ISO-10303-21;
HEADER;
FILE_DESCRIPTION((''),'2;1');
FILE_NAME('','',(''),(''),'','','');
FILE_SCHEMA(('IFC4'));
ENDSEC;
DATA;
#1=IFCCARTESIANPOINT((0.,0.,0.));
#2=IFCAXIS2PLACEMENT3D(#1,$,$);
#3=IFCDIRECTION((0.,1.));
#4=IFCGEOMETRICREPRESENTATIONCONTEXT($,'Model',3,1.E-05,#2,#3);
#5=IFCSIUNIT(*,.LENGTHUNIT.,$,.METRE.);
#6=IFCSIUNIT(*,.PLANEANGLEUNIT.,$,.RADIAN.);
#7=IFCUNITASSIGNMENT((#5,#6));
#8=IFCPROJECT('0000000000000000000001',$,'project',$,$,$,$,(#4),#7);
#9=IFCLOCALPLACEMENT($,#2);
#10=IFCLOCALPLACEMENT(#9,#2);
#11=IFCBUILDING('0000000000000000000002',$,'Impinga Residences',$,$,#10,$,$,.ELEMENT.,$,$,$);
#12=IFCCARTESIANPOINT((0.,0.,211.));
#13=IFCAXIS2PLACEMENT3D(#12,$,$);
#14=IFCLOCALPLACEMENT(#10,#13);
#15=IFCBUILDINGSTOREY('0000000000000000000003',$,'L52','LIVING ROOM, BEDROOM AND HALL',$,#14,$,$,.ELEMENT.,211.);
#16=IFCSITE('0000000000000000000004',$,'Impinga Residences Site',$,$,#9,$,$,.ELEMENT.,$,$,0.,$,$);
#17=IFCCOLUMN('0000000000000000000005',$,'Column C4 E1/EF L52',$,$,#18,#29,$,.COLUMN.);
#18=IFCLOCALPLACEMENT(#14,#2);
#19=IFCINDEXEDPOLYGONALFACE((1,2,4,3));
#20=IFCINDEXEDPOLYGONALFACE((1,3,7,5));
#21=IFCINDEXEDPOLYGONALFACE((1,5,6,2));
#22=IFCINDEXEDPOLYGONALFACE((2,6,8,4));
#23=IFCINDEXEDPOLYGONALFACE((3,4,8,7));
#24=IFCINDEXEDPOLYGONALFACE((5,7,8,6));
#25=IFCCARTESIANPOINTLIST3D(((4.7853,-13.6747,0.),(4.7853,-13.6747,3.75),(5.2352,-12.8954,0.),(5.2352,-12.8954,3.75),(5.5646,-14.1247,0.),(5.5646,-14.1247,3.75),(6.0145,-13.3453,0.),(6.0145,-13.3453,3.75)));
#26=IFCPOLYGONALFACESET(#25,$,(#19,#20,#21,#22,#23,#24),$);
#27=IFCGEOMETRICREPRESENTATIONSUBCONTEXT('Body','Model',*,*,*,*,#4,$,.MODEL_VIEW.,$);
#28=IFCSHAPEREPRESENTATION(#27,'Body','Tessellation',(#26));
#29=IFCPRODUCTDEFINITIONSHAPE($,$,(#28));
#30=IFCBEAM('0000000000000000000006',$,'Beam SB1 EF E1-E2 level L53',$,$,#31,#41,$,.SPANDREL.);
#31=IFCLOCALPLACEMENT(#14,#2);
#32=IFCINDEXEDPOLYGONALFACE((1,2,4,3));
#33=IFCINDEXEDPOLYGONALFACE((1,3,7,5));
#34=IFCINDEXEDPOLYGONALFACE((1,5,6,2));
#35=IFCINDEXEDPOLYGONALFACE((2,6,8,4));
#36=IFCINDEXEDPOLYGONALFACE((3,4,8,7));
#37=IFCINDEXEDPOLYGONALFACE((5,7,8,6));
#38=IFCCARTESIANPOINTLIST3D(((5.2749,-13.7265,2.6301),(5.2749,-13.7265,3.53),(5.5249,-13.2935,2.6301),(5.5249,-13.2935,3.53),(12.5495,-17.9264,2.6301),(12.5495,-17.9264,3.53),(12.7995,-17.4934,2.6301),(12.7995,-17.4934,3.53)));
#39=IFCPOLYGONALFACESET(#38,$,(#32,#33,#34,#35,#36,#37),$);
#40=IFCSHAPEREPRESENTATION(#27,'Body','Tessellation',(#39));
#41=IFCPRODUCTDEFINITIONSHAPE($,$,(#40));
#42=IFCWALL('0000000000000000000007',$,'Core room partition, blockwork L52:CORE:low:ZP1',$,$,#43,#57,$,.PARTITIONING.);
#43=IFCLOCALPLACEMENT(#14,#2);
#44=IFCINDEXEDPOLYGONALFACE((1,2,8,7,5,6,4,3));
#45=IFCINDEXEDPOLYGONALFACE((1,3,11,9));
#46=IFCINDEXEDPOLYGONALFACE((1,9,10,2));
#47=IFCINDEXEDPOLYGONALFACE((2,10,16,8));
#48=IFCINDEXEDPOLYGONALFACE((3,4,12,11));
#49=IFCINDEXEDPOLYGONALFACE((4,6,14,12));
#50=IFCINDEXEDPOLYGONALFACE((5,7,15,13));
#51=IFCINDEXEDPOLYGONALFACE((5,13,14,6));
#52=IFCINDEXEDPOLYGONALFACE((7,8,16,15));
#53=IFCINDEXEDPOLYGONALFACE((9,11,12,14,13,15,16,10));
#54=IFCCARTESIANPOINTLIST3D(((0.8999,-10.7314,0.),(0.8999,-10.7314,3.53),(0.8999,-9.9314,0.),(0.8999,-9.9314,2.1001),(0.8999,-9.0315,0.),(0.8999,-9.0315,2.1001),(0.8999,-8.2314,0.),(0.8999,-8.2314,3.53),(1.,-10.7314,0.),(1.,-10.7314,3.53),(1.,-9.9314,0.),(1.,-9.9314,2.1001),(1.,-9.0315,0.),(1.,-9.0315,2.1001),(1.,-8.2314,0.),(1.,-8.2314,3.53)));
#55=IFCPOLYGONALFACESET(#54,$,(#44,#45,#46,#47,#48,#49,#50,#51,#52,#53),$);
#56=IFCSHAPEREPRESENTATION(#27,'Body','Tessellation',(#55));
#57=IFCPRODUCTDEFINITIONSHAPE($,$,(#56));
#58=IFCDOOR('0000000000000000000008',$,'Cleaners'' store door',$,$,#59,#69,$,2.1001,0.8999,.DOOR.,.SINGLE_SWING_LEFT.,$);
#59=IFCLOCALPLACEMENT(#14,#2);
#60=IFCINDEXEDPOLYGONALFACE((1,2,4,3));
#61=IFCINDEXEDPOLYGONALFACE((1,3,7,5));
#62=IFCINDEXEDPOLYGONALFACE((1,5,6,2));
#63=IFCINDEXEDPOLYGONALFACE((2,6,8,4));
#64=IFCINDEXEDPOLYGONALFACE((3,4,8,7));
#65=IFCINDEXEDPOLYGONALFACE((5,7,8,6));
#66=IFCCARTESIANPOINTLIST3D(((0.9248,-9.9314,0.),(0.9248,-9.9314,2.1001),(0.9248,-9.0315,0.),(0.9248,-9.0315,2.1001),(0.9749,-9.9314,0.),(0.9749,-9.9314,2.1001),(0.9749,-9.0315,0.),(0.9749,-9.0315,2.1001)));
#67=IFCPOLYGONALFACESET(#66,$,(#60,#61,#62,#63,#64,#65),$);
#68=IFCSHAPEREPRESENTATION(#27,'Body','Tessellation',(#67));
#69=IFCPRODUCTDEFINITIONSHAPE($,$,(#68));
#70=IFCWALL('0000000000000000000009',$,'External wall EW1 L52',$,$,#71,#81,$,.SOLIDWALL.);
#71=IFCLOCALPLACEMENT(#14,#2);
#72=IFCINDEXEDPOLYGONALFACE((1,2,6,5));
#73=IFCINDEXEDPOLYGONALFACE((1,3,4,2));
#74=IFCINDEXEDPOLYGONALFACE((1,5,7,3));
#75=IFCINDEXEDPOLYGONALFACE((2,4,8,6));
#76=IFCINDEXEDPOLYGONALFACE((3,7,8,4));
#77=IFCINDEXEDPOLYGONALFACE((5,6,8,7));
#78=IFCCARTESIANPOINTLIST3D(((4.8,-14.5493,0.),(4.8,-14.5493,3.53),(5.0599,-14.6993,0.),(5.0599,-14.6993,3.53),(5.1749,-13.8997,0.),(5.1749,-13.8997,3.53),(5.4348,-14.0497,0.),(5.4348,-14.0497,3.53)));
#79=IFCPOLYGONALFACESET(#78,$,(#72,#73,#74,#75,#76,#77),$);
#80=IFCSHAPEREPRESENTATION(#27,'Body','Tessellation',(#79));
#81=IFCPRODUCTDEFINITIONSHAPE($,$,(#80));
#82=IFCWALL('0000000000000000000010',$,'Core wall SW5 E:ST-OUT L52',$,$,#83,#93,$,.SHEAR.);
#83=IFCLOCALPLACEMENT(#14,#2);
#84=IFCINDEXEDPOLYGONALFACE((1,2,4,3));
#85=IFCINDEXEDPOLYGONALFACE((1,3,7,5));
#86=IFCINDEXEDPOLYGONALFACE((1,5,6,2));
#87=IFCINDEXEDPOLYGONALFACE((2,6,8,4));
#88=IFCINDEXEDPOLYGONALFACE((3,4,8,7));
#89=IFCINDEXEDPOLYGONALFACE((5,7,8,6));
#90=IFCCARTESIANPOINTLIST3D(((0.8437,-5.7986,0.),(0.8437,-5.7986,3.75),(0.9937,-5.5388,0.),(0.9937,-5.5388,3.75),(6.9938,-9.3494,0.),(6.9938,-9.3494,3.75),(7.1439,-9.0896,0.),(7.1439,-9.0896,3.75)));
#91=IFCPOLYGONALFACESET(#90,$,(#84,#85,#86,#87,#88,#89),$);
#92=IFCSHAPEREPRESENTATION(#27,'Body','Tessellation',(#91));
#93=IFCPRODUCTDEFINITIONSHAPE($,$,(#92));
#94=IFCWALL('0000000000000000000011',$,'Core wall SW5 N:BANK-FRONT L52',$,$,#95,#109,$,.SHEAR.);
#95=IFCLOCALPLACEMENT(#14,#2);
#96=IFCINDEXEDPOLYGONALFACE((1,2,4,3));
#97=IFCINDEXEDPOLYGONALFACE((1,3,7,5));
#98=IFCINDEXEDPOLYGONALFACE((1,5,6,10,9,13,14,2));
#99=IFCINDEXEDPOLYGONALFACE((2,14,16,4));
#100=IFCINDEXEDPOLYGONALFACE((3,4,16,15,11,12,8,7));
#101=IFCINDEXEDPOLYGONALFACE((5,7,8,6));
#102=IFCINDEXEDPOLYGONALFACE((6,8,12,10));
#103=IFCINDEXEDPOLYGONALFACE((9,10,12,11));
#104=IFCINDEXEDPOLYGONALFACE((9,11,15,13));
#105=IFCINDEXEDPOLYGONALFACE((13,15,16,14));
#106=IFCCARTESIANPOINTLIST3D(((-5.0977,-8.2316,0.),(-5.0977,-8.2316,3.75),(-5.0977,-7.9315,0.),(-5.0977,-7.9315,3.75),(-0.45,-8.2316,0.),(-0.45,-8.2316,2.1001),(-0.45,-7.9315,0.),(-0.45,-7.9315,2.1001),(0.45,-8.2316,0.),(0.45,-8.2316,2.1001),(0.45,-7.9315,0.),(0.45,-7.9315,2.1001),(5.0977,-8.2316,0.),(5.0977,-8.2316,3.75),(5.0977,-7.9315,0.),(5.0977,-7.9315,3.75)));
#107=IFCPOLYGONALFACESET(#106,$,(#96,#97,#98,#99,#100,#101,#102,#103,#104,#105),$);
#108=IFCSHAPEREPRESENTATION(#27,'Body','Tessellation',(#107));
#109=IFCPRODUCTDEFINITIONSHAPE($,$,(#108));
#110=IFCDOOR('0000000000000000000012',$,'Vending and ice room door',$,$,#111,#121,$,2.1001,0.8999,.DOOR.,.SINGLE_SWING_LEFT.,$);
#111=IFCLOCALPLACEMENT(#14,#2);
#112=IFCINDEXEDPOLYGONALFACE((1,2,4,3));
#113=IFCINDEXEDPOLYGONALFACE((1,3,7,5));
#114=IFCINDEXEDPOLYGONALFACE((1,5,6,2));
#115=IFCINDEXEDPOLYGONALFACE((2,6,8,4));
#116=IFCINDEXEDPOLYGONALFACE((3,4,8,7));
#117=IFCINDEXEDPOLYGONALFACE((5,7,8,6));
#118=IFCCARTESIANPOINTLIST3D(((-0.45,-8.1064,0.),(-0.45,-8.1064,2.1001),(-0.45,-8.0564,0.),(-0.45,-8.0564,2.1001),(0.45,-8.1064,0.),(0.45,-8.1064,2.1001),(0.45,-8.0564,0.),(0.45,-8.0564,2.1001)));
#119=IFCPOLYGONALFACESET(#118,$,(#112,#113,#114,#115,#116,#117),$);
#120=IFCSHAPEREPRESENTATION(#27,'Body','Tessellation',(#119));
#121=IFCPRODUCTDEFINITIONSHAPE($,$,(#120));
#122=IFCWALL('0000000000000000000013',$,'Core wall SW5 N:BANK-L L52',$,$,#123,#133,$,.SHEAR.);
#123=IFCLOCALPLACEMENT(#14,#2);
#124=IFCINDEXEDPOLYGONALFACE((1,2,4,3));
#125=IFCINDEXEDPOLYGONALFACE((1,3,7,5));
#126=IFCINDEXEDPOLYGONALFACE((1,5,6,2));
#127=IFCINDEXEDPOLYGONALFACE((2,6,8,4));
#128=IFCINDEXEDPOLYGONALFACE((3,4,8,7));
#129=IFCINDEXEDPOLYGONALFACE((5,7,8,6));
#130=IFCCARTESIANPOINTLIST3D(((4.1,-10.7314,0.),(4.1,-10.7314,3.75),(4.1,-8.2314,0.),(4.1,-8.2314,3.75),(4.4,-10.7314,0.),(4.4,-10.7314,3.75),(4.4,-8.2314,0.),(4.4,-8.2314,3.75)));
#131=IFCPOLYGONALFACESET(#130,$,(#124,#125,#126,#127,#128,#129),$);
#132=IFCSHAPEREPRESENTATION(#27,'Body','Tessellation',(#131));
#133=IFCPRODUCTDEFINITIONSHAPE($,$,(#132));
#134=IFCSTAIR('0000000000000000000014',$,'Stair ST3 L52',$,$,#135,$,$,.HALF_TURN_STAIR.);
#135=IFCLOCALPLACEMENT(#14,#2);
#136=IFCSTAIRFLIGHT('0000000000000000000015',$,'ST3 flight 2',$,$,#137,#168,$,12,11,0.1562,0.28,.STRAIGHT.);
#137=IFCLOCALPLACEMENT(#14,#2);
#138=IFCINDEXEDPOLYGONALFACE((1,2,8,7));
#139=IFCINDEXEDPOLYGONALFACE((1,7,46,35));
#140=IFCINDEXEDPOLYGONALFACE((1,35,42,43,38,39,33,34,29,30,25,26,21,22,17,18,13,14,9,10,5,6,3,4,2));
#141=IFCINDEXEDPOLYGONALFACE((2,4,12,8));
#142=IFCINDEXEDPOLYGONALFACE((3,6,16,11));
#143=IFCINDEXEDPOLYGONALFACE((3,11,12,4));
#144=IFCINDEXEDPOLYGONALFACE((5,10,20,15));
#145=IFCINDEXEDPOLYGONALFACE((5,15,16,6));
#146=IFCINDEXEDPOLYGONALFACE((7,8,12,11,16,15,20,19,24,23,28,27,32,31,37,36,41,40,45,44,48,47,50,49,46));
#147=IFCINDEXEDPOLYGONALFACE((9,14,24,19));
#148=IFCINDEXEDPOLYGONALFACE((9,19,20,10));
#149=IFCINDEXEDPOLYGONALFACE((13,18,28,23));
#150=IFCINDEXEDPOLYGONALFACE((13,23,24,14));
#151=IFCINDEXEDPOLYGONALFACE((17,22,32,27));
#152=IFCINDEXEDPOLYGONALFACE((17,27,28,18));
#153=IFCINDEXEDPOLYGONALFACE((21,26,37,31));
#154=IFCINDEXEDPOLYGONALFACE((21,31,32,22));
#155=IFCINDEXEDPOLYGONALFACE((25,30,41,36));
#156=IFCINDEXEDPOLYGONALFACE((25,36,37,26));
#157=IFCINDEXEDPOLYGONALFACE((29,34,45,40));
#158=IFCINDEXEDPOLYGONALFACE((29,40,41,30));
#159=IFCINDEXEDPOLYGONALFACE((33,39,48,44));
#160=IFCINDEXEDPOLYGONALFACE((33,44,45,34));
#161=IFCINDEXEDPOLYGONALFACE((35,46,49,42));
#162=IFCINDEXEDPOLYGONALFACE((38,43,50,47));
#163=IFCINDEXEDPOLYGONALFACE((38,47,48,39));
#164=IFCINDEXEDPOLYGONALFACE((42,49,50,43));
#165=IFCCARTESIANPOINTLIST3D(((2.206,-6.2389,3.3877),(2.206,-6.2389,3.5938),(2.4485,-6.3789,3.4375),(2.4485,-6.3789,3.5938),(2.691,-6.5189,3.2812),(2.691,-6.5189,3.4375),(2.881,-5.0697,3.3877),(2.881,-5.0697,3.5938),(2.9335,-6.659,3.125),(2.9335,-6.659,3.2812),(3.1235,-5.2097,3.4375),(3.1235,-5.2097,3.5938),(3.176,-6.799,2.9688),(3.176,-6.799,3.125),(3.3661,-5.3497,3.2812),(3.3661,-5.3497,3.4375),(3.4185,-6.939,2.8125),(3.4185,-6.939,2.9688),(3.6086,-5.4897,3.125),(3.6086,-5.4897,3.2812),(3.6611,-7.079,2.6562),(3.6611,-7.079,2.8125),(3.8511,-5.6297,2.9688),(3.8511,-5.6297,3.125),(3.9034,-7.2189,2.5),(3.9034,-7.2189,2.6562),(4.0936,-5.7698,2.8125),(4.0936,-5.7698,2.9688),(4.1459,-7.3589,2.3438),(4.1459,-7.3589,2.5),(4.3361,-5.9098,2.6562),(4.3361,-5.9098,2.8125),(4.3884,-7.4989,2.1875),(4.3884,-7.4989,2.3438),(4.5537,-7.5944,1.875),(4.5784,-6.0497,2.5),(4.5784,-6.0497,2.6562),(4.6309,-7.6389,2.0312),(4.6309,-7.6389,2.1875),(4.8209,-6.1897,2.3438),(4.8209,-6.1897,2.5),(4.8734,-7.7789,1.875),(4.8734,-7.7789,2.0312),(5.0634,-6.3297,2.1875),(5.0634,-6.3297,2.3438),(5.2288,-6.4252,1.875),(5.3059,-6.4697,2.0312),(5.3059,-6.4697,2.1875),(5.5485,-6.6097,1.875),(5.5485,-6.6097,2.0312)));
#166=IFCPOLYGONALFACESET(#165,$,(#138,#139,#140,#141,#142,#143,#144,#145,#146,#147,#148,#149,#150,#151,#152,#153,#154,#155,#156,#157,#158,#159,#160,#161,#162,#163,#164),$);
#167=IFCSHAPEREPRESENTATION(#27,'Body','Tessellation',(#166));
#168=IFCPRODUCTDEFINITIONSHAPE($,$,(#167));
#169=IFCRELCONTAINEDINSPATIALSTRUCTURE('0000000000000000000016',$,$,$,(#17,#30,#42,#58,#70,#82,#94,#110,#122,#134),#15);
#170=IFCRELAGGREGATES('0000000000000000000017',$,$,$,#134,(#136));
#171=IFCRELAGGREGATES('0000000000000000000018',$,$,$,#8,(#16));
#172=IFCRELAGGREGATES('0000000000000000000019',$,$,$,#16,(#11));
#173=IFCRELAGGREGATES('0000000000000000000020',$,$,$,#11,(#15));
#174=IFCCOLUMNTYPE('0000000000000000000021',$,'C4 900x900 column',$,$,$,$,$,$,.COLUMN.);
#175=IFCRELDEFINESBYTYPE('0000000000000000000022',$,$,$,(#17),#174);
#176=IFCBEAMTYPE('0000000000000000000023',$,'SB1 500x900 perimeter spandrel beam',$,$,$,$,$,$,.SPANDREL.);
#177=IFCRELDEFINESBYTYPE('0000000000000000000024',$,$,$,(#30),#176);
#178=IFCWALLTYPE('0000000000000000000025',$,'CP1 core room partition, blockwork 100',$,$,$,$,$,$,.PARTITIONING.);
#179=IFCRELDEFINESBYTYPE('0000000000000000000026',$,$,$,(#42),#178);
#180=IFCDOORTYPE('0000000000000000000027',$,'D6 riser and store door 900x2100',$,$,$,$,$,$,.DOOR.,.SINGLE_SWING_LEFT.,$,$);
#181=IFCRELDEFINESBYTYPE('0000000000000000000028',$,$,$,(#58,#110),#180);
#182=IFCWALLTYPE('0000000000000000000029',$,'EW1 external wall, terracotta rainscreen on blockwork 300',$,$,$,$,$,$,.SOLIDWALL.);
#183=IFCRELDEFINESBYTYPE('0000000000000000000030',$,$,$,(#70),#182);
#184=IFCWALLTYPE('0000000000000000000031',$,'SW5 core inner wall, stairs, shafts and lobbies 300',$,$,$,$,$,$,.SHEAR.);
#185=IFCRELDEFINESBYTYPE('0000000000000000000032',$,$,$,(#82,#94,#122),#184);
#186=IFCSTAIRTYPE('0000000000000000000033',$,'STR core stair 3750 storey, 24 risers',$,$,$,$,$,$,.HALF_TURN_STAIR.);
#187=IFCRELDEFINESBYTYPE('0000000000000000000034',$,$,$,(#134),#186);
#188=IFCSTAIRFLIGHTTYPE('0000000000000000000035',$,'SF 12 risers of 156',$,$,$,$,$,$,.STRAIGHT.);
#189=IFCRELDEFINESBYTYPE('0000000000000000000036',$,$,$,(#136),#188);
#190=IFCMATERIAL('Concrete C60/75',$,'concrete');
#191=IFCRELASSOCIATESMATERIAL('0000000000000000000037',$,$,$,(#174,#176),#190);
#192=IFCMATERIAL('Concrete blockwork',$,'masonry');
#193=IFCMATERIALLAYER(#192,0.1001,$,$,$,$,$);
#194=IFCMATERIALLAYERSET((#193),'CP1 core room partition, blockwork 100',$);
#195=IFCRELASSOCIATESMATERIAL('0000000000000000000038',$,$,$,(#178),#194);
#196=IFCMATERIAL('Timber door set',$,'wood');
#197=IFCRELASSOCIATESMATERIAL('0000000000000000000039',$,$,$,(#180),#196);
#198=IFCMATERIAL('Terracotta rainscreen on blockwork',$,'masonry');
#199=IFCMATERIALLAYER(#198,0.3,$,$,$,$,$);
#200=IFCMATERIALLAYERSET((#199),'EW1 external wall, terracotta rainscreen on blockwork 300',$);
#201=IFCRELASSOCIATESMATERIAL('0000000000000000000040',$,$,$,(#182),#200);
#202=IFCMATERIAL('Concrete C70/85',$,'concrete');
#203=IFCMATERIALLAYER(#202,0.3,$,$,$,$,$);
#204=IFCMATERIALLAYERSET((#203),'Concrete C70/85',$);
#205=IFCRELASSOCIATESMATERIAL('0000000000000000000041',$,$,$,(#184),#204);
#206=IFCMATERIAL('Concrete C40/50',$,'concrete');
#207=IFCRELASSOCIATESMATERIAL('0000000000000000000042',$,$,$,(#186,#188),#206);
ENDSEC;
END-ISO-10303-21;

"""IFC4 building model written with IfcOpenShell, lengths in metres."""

from ifc_helpers import new_model, si_unit, direction, frame, frame_2d, origin, origin_2d, place, context, subcontext, project, spatial, polyline, rectangle, outline, extrude, material, layer, layer_set, material_profile, profile_set, type_object, element, fill, aggregate, save


model = new_model("IFC4")

# Units and contexts
model_context = context("Model", 3, precision=1e-05, world=origin(), true_north=direction((0.0, 1.0)))
body_context = subcontext(model_context, "Body", "Model", "MODEL_VIEW")
ifc_project = project(units=[si_unit("LENGTHUNIT", "METRE"), si_unit("PLANEANGLEUNIT", "RADIAN")], contexts=[model_context])

# Site, building, storey
site_placement = place(None, origin())
site = spatial("IfcSite", under=ifc_project, at=site_placement, Name="Impinga Residences Site", CompositionType="ELEMENT", RefElevation=0.0)
building_placement = place(site_placement, origin())
building = spatial("IfcBuilding", under=site, at=building_placement, Name="Impinga Residences", CompositionType="ELEMENT")
storey_placement = place(building_placement, frame((0.0, 0.0, 211.0)))
storey = spatial("IfcBuildingStorey", under=building, at=storey_placement, Name="L52", Description="LIVING ROOM, BEDROOM AND HALL", CompositionType="ELEMENT", Elevation=211.0)

# Column
ifc_material_1 = material(Name="Concrete C60/75", Category="concrete")
ifc_material_profile_1 = material_profile(ifc_material_1, rectangle(XDim=0.8999, YDim=0.8999, at=origin_2d()), Name="RC 900x900")
ifc_profile_set_1 = profile_set([ifc_material_profile_1], Name="Concrete C60/75")
column_type = type_object("IfcColumnType", Name="C4 900x900 column", PredefinedType="COLUMN", material=ifc_profile_set_1)
column_placement = place(storey_placement, frame((5.3999, -13.51, 0.0), z_axis=(0.0, 0.0, 1.0), x_axis=(-0.5, -0.866025, 0.0)))
element("IfcColumn", 1, at=column_placement, inside=storey, type_object=column_type, Name="Column C4 E1/EF L52", PredefinedType="COLUMN", context=body_context, shape_type="SweptSolid", body=[
    extrude(rectangle(XDim=0.8999, YDim=0.8999, at=origin_2d()), origin(), (0.0, 0.0, 1.0), 3.75),
])

# Beam
ifc_material_profile_2 = material_profile(ifc_material_1, rectangle(XDim=0.5, YDim=0.8999, at=origin_2d()), Name="RC 500x900")
ifc_profile_set_2 = profile_set([ifc_material_profile_2], Name="Concrete C60/75")
beam_type = type_object("IfcBeamType", Name="SB1 500x900 perimeter spandrel beam", PredefinedType="SPANDREL", material=ifc_profile_set_2)
beam_placement = place(storey_placement, frame((5.3999, -13.51, 3.0801), z_axis=(0.866029, -0.499993, 0.0), x_axis=(0.499993, 0.866029, 0.0)))
element("IfcBeam", 2, at=beam_placement, inside=storey, type_object=beam_type, Name="Beam SB1 EF E1-E2 level L53", PredefinedType="SPANDREL", context=body_context, shape_type="SweptSolid", body=[
    extrude(rectangle(XDim=0.5, YDim=0.8999, at=origin_2d()), origin(), (0.0, 0.0, 1.0), 8.3999),
])

# Wall, opening, door
ifc_material_2 = material(Name="Concrete blockwork", Category="masonry")
ifc_layer_1 = layer(ifc_material_2, 0.1001)
ifc_layer_set_1 = layer_set([ifc_layer_1], Name="CP1 core room partition, blockwork 100")
wall_type_1 = type_object("IfcWallType", Name="CP1 core room partition, blockwork 100", PredefinedType="PARTITIONING", material=ifc_layer_set_1)
wall_1_placement = place(storey_placement, frame((0.95, -8.2314, 0.0), z_axis=(0.0, 0.0, 1.0), x_axis=(0.0, -1.0, 0.0)))
wall_1 = element("IfcWall", 3, at=wall_1_placement, inside=storey, type_object=wall_type_1, Name="Core room partition, blockwork L52:CORE:low:ZP1", PredefinedType="PARTITIONING", context=body_context, shape_type="SweptSolid", body=[
    extrude(rectangle(XDim=2.5, YDim=0.1001, at=frame_2d((1.25, 0.0))), origin(), (0.0, 0.0, 1.0), 3.53),
])
opening_1_placement = place(wall_1_placement, frame((0.8, 0.0, 0.0)))
opening_1 = element("IfcOpeningElement", 4, at=opening_1_placement, cuts=wall_1, PredefinedType="OPENING", context=body_context, shape_type="SweptSolid", body=[
    extrude(rectangle(XDim=0.8999, YDim=2.1001, at=frame_2d((0.45, 1.05))), frame((0.0, 0.0601, 0.0), z_axis=(0.0, -1.0, 0.0), x_axis=(1.0, 0.0, 0.0)), (0.0, 0.0, 1.0), 0.1201),
])
ifc_material_3 = material(Name="Timber door set", Category="wood")
door_type = type_object("IfcDoorType", Name="D6 riser and store door 900x2100", OperationType="SINGLE_SWING_LEFT", PredefinedType="DOOR", material=ifc_material_3)
door_1_placement = place(opening_1_placement, origin())
door_1 = element("IfcDoor", 5, at=door_1_placement, inside=storey, type_object=door_type, Name="Cleaners' store door", OperationType="SINGLE_SWING_LEFT", OverallHeight=2.1001, OverallWidth=0.8999, PredefinedType="DOOR", context=body_context, shape_type="SweptSolid", body=[
    extrude(rectangle(XDim=0.8999, YDim=2.1001, at=frame_2d((0.45, 1.05))), frame((0.0, 0.0249, 0.0), z_axis=(0.0, -1.0, 0.0), x_axis=(1.0, 0.0, 0.0)), (0.0, 0.0, 1.0), 0.05),
])
fill(opening_1, door_1)

# Walls
ifc_material_4 = material(Name="Terracotta rainscreen on blockwork", Category="masonry")
ifc_layer_2 = layer(ifc_material_4, 0.3)
ifc_layer_set_2 = layer_set([ifc_layer_2], Name="EW1 external wall, terracotta rainscreen on blockwork 300")
wall_type_2 = type_object("IfcWallType", Name="EW1 external wall, terracotta rainscreen on blockwork 300", PredefinedType="SOLIDWALL", material=ifc_layer_set_2)
wall_2_placement = place(storey_placement, frame((4.9299, -14.6243, 0.0), z_axis=(0.0, 0.0, 1.0), x_axis=(0.49992, 0.866072, 0.0)))
element("IfcWall", 6, at=wall_2_placement, inside=storey, type_object=wall_type_2, Name="External wall EW1 L52", PredefinedType="SOLIDWALL", context=body_context, shape_type="SweptSolid", body=[
    extrude(rectangle(XDim=0.75, YDim=0.3, at=frame_2d((0.375, 0.0))), origin(), (0.0, 0.0, 1.0), 3.53),
])
ifc_material_5 = material(Name="Concrete C70/85", Category="concrete")
ifc_layer_3 = layer(ifc_material_5, 0.3)
ifc_layer_set_3 = layer_set([ifc_layer_3], Name="Concrete C70/85")
wall_type_3 = type_object("IfcWallType", Name="SW5 core inner wall, stairs, shafts and lobbies 300", PredefinedType="SHEAR", material=ifc_layer_set_3)
wall_3_placement = place(storey_placement, frame((0.9187, -5.6687, 0.0), z_axis=(0.0, 0.0, 1.0), x_axis=(0.866026, -0.499999, 0.0)))
element("IfcWall", 7, at=wall_3_placement, inside=storey, type_object=wall_type_3, Name="Core wall SW5 E:ST-OUT L52", PredefinedType="SHEAR", context=body_context, shape_type="SweptSolid", body=[
    extrude(rectangle(XDim=7.1016, YDim=0.3, at=frame_2d((3.5508, 0.0))), origin(), (0.0, 0.0, 1.0), 3.75),
])

# Wall, opening, door
wall_4_placement = place(storey_placement, frame((5.0977, -8.0815, 0.0), z_axis=(0.0, 0.0, 1.0), x_axis=(-1.0, 0.0, 0.0)))
wall_4 = element("IfcWall", 8, at=wall_4_placement, inside=storey, type_object=wall_type_3, Name="Core wall SW5 N:BANK-FRONT L52", PredefinedType="SHEAR", context=body_context, shape_type="SweptSolid", body=[
    extrude(rectangle(XDim=10.1953, YDim=0.3, at=frame_2d((5.0977, 0.0))), origin(), (0.0, 0.0, 1.0), 3.75),
])
opening_2_placement = place(wall_4_placement, frame((4.6477, 0.0, 0.0)))
opening_2 = element("IfcOpeningElement", 9, at=opening_2_placement, cuts=wall_4, PredefinedType="OPENING", context=body_context, shape_type="SweptSolid", body=[
    extrude(rectangle(XDim=0.8999, YDim=2.1001, at=frame_2d((0.45, 1.05))), frame((0.0, 0.1599, 0.0), z_axis=(0.0, -1.0, 0.0), x_axis=(1.0, 0.0, 0.0)), (0.0, 0.0, 1.0), 0.3201),
])
door_2_placement = place(opening_2_placement, origin())
door_2 = element("IfcDoor", 10, at=door_2_placement, inside=storey, type_object=door_type, Name="Vending and ice room door", OperationType="SINGLE_SWING_LEFT", OverallHeight=2.1001, OverallWidth=0.8999, PredefinedType="DOOR", context=body_context, shape_type="SweptSolid", body=[
    extrude(rectangle(XDim=0.8999, YDim=2.1001, at=frame_2d((0.45, 1.05))), frame((0.0, 0.0249, 0.0), z_axis=(0.0, -1.0, 0.0), x_axis=(1.0, 0.0, 0.0)), (0.0, 0.0, 1.0), 0.05),
])
fill(opening_2, door_2)

# Wall
wall_5_placement = place(storey_placement, frame((4.25, -8.2314, 0.0), z_axis=(0.0, 0.0, 1.0), x_axis=(0.0, -1.0, 0.0)))
element("IfcWall", 11, at=wall_5_placement, inside=storey, type_object=wall_type_3, Name="Core wall SW5 N:BANK-L L52", PredefinedType="SHEAR", context=body_context, shape_type="SweptSolid", body=[
    extrude(rectangle(XDim=2.5, YDim=0.3, at=frame_2d((1.25, 0.0))), origin(), (0.0, 0.0, 1.0), 3.75),
])

# Stair, stair flight
ifc_material_6 = material(Name="Concrete C40/50", Category="concrete")
stair_type = type_object("IfcStairType", Name="STR core stair 3750 storey, 24 risers", PredefinedType="HALF_TURN_STAIR", material=ifc_material_6)
stair_placement = place(storey_placement, origin())
stair = element("IfcStair", 12, at=stair_placement, inside=storey, type_object=stair_type, Name="Stair ST3 L52", PredefinedType="HALF_TURN_STAIR")
stair_flight_type = type_object("IfcStairFlightType", Name="SF 12 risers of 156", PredefinedType="STRAIGHT", material=ifc_material_6)
stair_flight_placement = place(storey_placement, frame((5.2109, -7.1943, 1.875), z_axis=(0.0, 0.0, 1.0), x_axis=(-0.866025, 0.5, 0.0)))
stair_flight = element("IfcStairFlight", 13, at=stair_flight_placement, type_object=stair_flight_type, Name="ST3 flight 2", NumberOfRisers=12, NumberOfTreads=11, PredefinedType="STRAIGHT", RiserHeight=0.1562, TreadLength=0.28, context=body_context, shape_type="SweptSolid", body=[
    extrude(outline(polyline([(0.0, 0.0), (0.0, 0.1562), (0.28, 0.1562), (0.28, 0.3125), (0.5601, 0.3125), (0.5601, 0.4688), (0.8401, 0.4688), (0.8401, 0.625), (1.1201, 0.625), (1.1201, 0.7812), (1.3999, 0.7812), (1.3999, 0.9375), (1.6799, 0.9375), (1.6799, 1.0938), (1.96, 1.0938), (1.96, 1.25), (2.24, 1.25), (2.24, 1.4062), (2.52, 1.4062), (2.52, 1.5625), (2.8, 1.5625), (2.8, 1.7188), (3.0801, 1.7188), (3.0801, 1.875), (3.0801, 1.5127), (0.3691, 0.0), (0.0, 0.0)])), frame((0.0, 0.675, 0.0), z_axis=(0.0, -1.0, 0.0), x_axis=(1.0, 0.0, 0.0)), (0.0, 0.0, 1.0), 1.3501),
])
aggregate(stair, [stair_flight])

save(model, "model.ifc")
